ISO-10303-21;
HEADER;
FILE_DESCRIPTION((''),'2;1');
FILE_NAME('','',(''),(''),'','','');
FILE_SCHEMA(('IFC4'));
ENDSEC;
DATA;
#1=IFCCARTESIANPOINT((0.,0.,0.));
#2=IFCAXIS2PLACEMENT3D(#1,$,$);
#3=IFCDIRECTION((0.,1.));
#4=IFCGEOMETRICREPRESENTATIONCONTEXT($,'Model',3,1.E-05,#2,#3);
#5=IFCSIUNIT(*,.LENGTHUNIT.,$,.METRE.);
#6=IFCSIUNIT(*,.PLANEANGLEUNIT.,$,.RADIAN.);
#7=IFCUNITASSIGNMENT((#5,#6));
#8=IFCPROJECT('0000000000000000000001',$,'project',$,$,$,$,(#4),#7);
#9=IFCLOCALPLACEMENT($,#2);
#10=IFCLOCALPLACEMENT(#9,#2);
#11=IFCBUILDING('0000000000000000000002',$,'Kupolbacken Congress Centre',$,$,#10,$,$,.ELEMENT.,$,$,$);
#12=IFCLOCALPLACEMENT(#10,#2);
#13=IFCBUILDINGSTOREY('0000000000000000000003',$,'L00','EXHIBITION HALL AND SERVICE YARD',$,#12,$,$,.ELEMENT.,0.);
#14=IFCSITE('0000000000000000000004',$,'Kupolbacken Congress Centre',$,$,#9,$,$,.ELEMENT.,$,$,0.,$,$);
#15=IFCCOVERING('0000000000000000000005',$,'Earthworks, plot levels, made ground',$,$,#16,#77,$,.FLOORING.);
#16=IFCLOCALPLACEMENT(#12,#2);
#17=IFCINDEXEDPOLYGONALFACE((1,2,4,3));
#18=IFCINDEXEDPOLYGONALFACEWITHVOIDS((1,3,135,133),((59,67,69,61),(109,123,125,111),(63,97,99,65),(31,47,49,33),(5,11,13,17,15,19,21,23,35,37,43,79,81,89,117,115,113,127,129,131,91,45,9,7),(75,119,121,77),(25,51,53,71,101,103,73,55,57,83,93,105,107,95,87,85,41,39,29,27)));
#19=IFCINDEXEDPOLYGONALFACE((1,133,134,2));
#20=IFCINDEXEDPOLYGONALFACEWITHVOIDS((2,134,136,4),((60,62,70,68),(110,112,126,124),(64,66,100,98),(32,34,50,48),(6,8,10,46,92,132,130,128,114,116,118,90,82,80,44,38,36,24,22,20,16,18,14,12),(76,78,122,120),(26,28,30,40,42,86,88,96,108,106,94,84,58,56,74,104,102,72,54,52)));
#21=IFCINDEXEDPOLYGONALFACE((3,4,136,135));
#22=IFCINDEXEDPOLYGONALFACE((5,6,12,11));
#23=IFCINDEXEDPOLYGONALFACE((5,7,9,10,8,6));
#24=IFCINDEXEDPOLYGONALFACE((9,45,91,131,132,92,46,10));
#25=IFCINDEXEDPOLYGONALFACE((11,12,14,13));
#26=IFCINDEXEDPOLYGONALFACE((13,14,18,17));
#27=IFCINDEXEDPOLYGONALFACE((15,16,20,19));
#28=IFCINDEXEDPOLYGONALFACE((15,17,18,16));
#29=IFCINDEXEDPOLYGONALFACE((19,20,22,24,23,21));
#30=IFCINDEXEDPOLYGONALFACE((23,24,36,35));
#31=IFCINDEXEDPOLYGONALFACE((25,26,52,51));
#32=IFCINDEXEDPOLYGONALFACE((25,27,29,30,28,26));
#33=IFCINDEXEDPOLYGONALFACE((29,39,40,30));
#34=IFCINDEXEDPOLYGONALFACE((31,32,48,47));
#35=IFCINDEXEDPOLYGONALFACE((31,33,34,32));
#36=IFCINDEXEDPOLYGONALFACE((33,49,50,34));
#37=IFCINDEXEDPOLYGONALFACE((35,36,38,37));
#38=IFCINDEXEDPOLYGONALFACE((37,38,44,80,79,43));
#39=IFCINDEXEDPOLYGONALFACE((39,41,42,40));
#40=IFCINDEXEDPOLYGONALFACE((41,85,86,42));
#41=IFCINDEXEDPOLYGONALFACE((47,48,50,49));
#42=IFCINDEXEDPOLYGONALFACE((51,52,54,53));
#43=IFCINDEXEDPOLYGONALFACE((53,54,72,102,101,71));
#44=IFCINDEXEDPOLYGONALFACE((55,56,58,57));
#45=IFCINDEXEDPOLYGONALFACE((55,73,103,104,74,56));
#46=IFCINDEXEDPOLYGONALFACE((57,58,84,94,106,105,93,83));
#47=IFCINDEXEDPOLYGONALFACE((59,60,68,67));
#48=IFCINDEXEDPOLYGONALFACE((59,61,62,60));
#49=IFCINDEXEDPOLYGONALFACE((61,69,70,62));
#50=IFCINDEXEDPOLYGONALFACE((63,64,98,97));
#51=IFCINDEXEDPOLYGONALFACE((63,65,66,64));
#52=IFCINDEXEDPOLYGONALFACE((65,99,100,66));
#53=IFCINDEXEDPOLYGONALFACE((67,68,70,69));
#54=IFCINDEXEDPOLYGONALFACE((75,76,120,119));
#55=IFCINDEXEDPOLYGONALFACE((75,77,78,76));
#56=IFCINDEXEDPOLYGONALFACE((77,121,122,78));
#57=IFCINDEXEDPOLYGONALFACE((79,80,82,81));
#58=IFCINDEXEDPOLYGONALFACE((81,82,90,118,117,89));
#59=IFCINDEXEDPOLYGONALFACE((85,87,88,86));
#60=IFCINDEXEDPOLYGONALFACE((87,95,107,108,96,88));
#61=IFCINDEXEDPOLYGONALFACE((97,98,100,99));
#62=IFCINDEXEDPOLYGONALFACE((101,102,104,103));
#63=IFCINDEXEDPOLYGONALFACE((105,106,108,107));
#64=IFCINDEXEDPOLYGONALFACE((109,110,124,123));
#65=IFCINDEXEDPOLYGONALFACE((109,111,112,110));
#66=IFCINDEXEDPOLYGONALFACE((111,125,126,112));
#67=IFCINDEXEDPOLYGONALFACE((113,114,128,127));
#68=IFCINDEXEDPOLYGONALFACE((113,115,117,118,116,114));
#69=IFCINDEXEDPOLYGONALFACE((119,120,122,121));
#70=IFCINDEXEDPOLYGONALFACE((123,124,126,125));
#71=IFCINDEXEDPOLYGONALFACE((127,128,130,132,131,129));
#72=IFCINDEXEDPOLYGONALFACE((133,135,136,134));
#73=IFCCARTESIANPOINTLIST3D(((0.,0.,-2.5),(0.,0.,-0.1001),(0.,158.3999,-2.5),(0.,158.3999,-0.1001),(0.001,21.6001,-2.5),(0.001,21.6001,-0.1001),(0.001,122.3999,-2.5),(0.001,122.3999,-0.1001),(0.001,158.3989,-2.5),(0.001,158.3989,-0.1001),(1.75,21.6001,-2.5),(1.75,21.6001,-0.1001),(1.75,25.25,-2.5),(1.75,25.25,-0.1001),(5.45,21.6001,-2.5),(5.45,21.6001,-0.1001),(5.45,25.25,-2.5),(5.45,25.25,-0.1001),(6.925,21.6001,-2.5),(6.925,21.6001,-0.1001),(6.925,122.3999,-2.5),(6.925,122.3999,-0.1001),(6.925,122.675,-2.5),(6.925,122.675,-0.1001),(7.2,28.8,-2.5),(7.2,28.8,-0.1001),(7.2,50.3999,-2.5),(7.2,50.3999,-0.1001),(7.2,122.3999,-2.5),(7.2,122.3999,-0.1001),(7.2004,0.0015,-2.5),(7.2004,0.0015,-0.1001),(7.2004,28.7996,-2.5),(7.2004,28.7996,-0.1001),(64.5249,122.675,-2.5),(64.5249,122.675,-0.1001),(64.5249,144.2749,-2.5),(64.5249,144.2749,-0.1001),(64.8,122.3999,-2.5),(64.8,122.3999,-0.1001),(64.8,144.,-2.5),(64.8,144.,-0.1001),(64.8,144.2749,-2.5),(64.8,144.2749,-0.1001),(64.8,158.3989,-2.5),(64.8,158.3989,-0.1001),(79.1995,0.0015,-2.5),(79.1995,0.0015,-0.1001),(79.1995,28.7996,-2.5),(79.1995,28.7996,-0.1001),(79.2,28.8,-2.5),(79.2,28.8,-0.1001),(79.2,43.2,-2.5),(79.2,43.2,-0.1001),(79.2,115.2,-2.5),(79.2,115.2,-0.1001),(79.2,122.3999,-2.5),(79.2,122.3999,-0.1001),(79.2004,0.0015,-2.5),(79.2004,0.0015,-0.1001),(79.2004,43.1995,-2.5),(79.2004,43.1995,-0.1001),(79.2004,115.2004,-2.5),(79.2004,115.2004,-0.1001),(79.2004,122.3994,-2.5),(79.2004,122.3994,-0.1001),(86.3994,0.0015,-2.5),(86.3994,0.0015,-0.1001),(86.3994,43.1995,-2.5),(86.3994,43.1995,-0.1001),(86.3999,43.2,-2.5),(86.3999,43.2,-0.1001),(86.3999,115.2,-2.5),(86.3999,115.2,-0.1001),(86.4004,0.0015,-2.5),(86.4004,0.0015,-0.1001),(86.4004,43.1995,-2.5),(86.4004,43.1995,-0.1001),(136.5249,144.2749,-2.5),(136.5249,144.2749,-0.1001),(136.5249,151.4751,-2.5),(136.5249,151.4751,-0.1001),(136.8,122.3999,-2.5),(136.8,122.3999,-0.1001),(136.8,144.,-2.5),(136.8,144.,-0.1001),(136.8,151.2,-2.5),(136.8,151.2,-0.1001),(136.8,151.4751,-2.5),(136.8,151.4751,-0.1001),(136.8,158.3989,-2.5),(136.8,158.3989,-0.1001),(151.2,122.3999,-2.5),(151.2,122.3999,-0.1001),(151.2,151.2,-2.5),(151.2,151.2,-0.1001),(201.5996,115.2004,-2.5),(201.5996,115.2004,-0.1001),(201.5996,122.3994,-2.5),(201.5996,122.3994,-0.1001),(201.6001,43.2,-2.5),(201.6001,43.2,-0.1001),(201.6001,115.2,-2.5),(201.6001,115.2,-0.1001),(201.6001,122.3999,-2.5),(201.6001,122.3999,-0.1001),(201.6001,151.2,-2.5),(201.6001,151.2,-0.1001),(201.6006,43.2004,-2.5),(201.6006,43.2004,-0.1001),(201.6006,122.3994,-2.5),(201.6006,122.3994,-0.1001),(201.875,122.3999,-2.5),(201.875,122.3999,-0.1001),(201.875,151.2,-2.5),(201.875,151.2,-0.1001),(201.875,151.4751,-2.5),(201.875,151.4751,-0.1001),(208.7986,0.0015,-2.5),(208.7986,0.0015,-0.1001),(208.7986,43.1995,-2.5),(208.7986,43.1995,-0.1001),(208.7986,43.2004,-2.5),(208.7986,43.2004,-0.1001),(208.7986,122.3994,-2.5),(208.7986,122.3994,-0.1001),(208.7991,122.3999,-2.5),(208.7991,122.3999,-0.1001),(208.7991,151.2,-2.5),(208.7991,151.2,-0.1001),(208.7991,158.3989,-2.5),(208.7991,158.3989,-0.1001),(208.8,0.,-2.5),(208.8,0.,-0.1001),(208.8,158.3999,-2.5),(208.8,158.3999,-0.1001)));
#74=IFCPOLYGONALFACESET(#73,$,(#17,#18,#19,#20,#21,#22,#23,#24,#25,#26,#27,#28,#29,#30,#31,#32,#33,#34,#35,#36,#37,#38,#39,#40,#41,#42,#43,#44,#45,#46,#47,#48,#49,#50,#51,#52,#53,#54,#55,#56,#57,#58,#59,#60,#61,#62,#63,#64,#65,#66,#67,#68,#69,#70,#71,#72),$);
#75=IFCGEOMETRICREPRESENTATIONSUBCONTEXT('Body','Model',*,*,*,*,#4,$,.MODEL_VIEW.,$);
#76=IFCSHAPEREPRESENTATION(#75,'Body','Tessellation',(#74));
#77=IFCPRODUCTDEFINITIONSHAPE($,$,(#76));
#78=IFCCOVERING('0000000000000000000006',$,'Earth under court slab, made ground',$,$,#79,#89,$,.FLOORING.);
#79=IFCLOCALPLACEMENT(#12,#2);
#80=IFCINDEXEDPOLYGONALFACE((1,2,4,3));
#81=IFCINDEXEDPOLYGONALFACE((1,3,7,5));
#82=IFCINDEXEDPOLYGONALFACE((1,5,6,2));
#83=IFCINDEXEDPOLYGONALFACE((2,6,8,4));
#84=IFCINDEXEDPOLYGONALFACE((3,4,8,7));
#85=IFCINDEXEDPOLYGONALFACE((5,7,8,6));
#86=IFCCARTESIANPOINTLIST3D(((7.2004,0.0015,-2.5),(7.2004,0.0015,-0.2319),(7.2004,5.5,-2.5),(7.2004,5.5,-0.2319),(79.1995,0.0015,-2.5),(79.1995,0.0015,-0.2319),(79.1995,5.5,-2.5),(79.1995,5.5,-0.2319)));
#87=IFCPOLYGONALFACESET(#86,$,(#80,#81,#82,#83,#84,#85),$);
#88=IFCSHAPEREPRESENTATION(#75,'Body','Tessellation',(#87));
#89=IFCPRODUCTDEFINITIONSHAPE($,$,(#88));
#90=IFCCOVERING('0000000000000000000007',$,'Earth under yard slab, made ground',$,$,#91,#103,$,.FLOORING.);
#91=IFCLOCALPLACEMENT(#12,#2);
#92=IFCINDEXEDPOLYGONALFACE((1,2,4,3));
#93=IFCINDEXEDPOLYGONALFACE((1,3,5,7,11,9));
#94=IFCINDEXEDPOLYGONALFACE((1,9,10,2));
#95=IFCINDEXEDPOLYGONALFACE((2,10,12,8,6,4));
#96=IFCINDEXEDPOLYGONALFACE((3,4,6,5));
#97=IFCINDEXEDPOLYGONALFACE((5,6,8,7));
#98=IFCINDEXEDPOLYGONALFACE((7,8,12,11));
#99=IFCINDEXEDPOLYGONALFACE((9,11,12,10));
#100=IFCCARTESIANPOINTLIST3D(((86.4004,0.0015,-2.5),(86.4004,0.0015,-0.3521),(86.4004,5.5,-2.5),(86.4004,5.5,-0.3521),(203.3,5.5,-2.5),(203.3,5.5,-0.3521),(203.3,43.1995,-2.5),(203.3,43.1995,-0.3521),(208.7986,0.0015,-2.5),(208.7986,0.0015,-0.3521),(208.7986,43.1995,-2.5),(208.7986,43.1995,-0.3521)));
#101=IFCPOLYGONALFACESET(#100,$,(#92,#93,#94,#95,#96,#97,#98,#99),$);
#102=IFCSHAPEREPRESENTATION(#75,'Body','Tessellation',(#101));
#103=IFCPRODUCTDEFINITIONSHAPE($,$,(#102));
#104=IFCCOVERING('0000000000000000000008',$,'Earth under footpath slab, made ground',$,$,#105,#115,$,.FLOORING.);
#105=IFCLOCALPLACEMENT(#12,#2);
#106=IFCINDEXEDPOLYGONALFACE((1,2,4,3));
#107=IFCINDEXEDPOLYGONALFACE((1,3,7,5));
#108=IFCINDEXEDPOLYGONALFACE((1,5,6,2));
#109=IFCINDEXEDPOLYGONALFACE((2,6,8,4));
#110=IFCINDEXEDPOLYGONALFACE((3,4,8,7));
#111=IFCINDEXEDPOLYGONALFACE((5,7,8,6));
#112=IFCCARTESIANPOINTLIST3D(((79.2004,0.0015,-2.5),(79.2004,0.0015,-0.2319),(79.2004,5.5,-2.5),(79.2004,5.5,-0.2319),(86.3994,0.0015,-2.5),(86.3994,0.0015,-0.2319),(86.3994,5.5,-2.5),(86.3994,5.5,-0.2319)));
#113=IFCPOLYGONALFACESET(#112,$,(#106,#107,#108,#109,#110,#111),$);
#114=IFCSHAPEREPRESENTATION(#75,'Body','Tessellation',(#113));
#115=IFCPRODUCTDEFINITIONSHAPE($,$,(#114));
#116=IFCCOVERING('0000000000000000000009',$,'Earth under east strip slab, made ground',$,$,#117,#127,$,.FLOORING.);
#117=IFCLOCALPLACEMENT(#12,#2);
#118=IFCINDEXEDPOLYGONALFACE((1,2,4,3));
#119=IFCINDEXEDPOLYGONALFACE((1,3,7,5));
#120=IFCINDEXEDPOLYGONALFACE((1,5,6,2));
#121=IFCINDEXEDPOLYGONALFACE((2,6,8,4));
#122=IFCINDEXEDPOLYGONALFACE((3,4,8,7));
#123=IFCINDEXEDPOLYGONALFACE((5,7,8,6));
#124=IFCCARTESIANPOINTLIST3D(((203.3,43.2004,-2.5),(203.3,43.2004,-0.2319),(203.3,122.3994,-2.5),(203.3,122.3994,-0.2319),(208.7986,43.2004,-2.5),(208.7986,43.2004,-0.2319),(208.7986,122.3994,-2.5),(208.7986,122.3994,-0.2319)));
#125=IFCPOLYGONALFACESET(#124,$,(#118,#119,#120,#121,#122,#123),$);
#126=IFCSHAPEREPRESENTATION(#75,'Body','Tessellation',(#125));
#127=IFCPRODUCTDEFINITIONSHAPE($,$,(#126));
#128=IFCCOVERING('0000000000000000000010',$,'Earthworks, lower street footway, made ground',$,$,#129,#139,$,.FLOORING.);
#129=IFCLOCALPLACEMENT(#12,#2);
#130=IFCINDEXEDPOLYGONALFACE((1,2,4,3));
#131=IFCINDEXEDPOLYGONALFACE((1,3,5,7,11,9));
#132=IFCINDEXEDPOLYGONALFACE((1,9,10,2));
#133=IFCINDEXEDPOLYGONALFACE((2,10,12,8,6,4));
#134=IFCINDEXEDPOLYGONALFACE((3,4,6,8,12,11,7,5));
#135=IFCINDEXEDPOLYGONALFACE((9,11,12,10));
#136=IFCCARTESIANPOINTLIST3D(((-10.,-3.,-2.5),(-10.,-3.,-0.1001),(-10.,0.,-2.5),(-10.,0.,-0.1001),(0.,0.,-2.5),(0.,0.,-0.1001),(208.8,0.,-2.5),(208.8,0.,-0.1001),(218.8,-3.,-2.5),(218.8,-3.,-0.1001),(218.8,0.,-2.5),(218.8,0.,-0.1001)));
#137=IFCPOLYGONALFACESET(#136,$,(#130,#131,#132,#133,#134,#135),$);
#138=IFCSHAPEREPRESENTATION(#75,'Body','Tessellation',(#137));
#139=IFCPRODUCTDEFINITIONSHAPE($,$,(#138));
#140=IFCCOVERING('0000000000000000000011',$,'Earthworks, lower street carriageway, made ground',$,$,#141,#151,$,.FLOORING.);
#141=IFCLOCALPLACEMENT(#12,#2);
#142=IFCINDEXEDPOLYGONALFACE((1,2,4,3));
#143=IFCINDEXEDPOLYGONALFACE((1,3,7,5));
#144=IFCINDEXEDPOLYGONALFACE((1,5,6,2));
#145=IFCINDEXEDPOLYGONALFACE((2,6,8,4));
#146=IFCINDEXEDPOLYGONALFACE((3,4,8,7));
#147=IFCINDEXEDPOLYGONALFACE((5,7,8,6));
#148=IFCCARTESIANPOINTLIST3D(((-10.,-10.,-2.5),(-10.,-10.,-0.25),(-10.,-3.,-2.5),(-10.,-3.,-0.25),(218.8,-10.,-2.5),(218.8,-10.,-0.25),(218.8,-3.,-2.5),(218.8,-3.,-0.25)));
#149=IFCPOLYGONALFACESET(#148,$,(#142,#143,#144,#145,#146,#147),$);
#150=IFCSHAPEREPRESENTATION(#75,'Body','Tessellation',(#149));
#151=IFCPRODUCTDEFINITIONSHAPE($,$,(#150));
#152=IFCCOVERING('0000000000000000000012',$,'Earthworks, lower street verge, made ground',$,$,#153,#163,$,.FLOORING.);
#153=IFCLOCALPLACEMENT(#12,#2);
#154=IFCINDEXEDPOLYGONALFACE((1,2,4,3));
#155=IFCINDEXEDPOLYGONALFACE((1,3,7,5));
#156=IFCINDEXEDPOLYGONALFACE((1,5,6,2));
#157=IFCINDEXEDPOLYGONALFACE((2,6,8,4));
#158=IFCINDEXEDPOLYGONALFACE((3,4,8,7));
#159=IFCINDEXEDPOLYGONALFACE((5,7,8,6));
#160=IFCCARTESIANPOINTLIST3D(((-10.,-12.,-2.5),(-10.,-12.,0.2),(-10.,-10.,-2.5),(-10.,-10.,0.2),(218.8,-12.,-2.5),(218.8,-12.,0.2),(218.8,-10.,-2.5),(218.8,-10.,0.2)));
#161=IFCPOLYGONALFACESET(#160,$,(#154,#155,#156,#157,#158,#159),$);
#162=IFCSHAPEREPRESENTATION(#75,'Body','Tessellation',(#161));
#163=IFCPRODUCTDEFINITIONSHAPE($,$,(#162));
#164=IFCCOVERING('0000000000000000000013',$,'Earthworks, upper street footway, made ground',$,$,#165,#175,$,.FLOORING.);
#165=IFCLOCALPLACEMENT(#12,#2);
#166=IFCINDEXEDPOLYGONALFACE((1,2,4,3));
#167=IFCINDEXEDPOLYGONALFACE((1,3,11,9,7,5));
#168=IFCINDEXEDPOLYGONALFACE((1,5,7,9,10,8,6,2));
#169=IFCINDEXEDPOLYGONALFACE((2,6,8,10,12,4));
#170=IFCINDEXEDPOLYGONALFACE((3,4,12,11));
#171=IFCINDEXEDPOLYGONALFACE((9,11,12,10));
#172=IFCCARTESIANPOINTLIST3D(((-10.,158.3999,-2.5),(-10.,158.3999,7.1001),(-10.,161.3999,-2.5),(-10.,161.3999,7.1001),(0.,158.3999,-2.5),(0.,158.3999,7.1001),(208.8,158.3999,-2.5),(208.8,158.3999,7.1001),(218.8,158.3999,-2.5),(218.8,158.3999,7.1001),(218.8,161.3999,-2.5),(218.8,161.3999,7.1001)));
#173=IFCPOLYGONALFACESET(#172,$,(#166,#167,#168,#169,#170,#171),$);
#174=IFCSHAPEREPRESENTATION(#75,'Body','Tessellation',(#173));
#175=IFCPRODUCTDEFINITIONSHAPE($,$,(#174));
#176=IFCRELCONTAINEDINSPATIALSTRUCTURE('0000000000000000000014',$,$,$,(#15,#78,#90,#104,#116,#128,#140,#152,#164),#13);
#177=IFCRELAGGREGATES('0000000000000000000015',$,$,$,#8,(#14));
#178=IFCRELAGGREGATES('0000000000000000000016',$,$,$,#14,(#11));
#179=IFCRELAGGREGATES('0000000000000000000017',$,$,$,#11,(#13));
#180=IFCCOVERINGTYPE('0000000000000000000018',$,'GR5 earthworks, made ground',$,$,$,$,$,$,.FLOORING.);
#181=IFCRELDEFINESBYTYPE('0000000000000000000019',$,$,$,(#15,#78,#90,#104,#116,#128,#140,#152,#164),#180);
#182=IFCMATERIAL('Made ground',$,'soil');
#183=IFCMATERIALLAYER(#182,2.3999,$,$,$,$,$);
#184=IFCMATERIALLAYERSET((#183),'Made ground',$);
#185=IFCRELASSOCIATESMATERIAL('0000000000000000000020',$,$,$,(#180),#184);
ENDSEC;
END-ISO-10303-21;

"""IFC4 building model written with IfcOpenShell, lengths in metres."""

from ifc_helpers import new_model, si_unit, direction, frame, origin, place, context, subcontext, project, spatial, polyline, outline, extrude, material, layer, layer_set, type_object, element, save


model = new_model("IFC4")

# Units and contexts
model_context = context("Model", 3, precision=1e-05, world=origin(), true_north=direction((0.0, 1.0)))
body_context = subcontext(model_context, "Body", "Model", "MODEL_VIEW")
ifc_project = project(units=[si_unit("LENGTHUNIT", "METRE"), si_unit("PLANEANGLEUNIT", "RADIAN")], contexts=[model_context])

# Site, building, storey
site_placement = place(None, origin())
site = spatial("IfcSite", under=ifc_project, at=site_placement, Name="Kupolbacken Congress Centre", CompositionType="ELEMENT", RefElevation=0.0)
building_placement = place(site_placement, origin())
building = spatial("IfcBuilding", under=site, at=building_placement, Name="Kupolbacken Congress Centre", CompositionType="ELEMENT")
storey_placement = place(building_placement, origin())
storey = spatial("IfcBuildingStorey", under=building, at=storey_placement, Name="L00", Description="EXHIBITION HALL AND SERVICE YARD", CompositionType="ELEMENT", Elevation=0.0)

# Coverings
ifc_material_1 = material(Name="Made ground", Category="soil")
ifc_layer_1 = layer(ifc_material_1, 2.3999)
ifc_layer_set_1 = layer_set([ifc_layer_1], Name="Made ground")
covering_type = type_object("IfcCoveringType", Name="GR5 earthworks, made ground", PredefinedType="FLOORING", material=ifc_layer_set_1)
covering_1_placement = place(storey_placement, frame((0.0, 0.0, -2.5)))
element("IfcCovering", 1, at=covering_1_placement, inside=storey, type_object=covering_type, Name="Earthworks, plot levels, made ground", PredefinedType="FLOORING", context=body_context, shape_type="SweptSolid", body=[
    extrude(outline(polyline([(0.0, 158.3999), (208.8, 158.3999), (208.8, 0.0), (0.0, 0.0), (0.0, 158.3999)]), holes=[polyline([(5.45, 21.6001), (6.925, 21.6001), (6.925, 122.3999), (6.925, 122.675), (64.5249, 122.675), (64.5249, 144.2749), (64.8, 144.2749), (136.5249, 144.2749), (136.5249, 151.4751), (136.8, 151.4751), (201.875, 151.4751), (201.875, 151.2), (201.875, 122.3999), (208.7991, 122.3999), (208.7991, 151.2), (208.7991, 158.3989), (136.8, 158.3989), (64.8, 158.3989), (0.001, 158.3989), (0.001, 122.3999), (0.001, 21.6001), (1.75, 21.6001), (1.75, 25.25), (5.45, 25.25), (5.45, 21.6001)]), polyline([(208.7986, 43.1995), (86.4004, 43.1995), (86.4004, 0.0015), (208.7986, 0.0015), (208.7986, 43.1995)]), polyline([(208.7986, 43.2004), (208.7986, 122.3994), (201.6006, 122.3994), (201.6006, 43.2004), (208.7986, 43.2004)]), polyline([(7.2, 28.8), (79.2, 28.8), (79.2, 43.2), (86.3999, 43.2), (201.6001, 43.2), (201.6001, 115.2), (86.3999, 115.2), (79.2, 115.2), (79.2, 122.3999), (136.8, 122.3999), (151.2, 122.3999), (201.6001, 122.3999), (201.6001, 151.2), (151.2, 151.2), (136.8, 151.2), (136.8, 144.0), (64.8, 144.0), (64.8, 122.3999), (7.2, 122.3999), (7.2, 50.3999), (7.2, 28.8)]), polyline([(201.5996, 122.3994), (79.2004, 122.3994), (79.2004, 115.2004), (201.5996, 115.2004), (201.5996, 122.3994)]), polyline([(86.3994, 43.1995), (79.2004, 43.1995), (79.2004, 0.0015), (86.3994, 0.0015), (86.3994, 43.1995)]), polyline([(79.1995, 28.7996), (7.2004, 28.7996), (7.2004, 0.0015), (79.1995, 0.0015), (79.1995, 28.7996)])]), origin(), (0.0, 0.0, 1.0), 2.3999),
])
covering_2_placement = place(storey_placement, frame((0.0, 0.0, -2.5)))
element("IfcCovering", 2, at=covering_2_placement, inside=storey, type_object=covering_type, Name="Earth under court slab, made ground", PredefinedType="FLOORING", context=body_context, shape_type="SweptSolid", body=[
    extrude(outline(polyline([(7.2004, 5.5), (79.1995, 5.5), (79.1995, 0.0015), (7.2004, 0.0015), (7.2004, 5.5)])), origin(), (0.0, 0.0, 1.0), 2.2681),
])
covering_3_placement = place(storey_placement, frame((0.0, 0.0, -2.5)))
element("IfcCovering", 3, at=covering_3_placement, inside=storey, type_object=covering_type, Name="Earth under yard slab, made ground", PredefinedType="FLOORING", context=body_context, shape_type="SweptSolid", body=[
    extrude(outline(polyline([(86.4004, 0.0015), (86.4004, 5.5), (203.3, 5.5), (203.3, 43.1995), (208.7986, 43.1995), (208.7986, 0.0015), (86.4004, 0.0015)])), origin(), (0.0, 0.0, 1.0), 2.1479),
])
covering_4_placement = place(storey_placement, frame((0.0, 0.0, -2.5)))
element("IfcCovering", 4, at=covering_4_placement, inside=storey, type_object=covering_type, Name="Earth under footpath slab, made ground", PredefinedType="FLOORING", context=body_context, shape_type="SweptSolid", body=[
    extrude(outline(polyline([(79.2004, 5.5), (86.3994, 5.5), (86.3994, 0.0015), (79.2004, 0.0015), (79.2004, 5.5)])), origin(), (0.0, 0.0, 1.0), 2.2681),
])
covering_5_placement = place(storey_placement, frame((0.0, 0.0, -2.5)))
element("IfcCovering", 5, at=covering_5_placement, inside=storey, type_object=covering_type, Name="Earth under east strip slab, made ground", PredefinedType="FLOORING", context=body_context, shape_type="SweptSolid", body=[
    extrude(outline(polyline([(203.3, 43.2004), (203.3, 122.3994), (208.7986, 122.3994), (208.7986, 43.2004), (203.3, 43.2004)])), origin(), (0.0, 0.0, 1.0), 2.2681),
])
covering_6_placement = place(storey_placement, frame((0.0, 0.0, -2.5)))
element("IfcCovering", 6, at=covering_6_placement, inside=storey, type_object=covering_type, Name="Earthworks, lower street footway, made ground", PredefinedType="FLOORING", context=body_context, shape_type="SweptSolid", body=[
    extrude(outline(polyline([(218.8, 0.0), (218.8, -3.0), (-10.0, -3.0), (-10.0, 0.0), (0.0, 0.0), (208.8, 0.0), (218.8, 0.0)])), origin(), (0.0, 0.0, 1.0), 2.3999),
])
covering_7_placement = place(storey_placement, frame((0.0, 0.0, -2.5)))
element("IfcCovering", 7, at=covering_7_placement, inside=storey, type_object=covering_type, Name="Earthworks, lower street carriageway, made ground", PredefinedType="FLOORING", context=body_context, shape_type="SweptSolid", body=[
    extrude(outline(polyline([(-10.0, -10.0), (-10.0, -3.0), (218.8, -3.0), (218.8, -10.0), (-10.0, -10.0)])), origin(), (0.0, 0.0, 1.0), 2.25),
])
covering_8_placement = place(storey_placement, frame((0.0, 0.0, -2.5)))
element("IfcCovering", 8, at=covering_8_placement, inside=storey, type_object=covering_type, Name="Earthworks, lower street verge, made ground", PredefinedType="FLOORING", context=body_context, shape_type="SweptSolid", body=[
    extrude(outline(polyline([(-10.0, -12.0), (-10.0, -10.0), (218.8, -10.0), (218.8, -12.0), (-10.0, -12.0)])), origin(), (0.0, 0.0, 1.0), 2.7),
])
covering_9_placement = place(storey_placement, frame((0.0, 0.0, -2.5)))
element("IfcCovering", 9, at=covering_9_placement, inside=storey, type_object=covering_type, Name="Earthworks, upper street footway, made ground", PredefinedType="FLOORING", context=body_context, shape_type="SweptSolid", body=[
    extrude(outline(polyline([(-10.0, 158.3999), (-10.0, 161.3999), (218.8, 161.3999), (218.8, 158.3999), (208.8, 158.3999), (0.0, 158.3999), (-10.0, 158.3999)])), origin(), (0.0, 0.0, 1.0), 9.6001),
])

save(model, "model.ifc")
